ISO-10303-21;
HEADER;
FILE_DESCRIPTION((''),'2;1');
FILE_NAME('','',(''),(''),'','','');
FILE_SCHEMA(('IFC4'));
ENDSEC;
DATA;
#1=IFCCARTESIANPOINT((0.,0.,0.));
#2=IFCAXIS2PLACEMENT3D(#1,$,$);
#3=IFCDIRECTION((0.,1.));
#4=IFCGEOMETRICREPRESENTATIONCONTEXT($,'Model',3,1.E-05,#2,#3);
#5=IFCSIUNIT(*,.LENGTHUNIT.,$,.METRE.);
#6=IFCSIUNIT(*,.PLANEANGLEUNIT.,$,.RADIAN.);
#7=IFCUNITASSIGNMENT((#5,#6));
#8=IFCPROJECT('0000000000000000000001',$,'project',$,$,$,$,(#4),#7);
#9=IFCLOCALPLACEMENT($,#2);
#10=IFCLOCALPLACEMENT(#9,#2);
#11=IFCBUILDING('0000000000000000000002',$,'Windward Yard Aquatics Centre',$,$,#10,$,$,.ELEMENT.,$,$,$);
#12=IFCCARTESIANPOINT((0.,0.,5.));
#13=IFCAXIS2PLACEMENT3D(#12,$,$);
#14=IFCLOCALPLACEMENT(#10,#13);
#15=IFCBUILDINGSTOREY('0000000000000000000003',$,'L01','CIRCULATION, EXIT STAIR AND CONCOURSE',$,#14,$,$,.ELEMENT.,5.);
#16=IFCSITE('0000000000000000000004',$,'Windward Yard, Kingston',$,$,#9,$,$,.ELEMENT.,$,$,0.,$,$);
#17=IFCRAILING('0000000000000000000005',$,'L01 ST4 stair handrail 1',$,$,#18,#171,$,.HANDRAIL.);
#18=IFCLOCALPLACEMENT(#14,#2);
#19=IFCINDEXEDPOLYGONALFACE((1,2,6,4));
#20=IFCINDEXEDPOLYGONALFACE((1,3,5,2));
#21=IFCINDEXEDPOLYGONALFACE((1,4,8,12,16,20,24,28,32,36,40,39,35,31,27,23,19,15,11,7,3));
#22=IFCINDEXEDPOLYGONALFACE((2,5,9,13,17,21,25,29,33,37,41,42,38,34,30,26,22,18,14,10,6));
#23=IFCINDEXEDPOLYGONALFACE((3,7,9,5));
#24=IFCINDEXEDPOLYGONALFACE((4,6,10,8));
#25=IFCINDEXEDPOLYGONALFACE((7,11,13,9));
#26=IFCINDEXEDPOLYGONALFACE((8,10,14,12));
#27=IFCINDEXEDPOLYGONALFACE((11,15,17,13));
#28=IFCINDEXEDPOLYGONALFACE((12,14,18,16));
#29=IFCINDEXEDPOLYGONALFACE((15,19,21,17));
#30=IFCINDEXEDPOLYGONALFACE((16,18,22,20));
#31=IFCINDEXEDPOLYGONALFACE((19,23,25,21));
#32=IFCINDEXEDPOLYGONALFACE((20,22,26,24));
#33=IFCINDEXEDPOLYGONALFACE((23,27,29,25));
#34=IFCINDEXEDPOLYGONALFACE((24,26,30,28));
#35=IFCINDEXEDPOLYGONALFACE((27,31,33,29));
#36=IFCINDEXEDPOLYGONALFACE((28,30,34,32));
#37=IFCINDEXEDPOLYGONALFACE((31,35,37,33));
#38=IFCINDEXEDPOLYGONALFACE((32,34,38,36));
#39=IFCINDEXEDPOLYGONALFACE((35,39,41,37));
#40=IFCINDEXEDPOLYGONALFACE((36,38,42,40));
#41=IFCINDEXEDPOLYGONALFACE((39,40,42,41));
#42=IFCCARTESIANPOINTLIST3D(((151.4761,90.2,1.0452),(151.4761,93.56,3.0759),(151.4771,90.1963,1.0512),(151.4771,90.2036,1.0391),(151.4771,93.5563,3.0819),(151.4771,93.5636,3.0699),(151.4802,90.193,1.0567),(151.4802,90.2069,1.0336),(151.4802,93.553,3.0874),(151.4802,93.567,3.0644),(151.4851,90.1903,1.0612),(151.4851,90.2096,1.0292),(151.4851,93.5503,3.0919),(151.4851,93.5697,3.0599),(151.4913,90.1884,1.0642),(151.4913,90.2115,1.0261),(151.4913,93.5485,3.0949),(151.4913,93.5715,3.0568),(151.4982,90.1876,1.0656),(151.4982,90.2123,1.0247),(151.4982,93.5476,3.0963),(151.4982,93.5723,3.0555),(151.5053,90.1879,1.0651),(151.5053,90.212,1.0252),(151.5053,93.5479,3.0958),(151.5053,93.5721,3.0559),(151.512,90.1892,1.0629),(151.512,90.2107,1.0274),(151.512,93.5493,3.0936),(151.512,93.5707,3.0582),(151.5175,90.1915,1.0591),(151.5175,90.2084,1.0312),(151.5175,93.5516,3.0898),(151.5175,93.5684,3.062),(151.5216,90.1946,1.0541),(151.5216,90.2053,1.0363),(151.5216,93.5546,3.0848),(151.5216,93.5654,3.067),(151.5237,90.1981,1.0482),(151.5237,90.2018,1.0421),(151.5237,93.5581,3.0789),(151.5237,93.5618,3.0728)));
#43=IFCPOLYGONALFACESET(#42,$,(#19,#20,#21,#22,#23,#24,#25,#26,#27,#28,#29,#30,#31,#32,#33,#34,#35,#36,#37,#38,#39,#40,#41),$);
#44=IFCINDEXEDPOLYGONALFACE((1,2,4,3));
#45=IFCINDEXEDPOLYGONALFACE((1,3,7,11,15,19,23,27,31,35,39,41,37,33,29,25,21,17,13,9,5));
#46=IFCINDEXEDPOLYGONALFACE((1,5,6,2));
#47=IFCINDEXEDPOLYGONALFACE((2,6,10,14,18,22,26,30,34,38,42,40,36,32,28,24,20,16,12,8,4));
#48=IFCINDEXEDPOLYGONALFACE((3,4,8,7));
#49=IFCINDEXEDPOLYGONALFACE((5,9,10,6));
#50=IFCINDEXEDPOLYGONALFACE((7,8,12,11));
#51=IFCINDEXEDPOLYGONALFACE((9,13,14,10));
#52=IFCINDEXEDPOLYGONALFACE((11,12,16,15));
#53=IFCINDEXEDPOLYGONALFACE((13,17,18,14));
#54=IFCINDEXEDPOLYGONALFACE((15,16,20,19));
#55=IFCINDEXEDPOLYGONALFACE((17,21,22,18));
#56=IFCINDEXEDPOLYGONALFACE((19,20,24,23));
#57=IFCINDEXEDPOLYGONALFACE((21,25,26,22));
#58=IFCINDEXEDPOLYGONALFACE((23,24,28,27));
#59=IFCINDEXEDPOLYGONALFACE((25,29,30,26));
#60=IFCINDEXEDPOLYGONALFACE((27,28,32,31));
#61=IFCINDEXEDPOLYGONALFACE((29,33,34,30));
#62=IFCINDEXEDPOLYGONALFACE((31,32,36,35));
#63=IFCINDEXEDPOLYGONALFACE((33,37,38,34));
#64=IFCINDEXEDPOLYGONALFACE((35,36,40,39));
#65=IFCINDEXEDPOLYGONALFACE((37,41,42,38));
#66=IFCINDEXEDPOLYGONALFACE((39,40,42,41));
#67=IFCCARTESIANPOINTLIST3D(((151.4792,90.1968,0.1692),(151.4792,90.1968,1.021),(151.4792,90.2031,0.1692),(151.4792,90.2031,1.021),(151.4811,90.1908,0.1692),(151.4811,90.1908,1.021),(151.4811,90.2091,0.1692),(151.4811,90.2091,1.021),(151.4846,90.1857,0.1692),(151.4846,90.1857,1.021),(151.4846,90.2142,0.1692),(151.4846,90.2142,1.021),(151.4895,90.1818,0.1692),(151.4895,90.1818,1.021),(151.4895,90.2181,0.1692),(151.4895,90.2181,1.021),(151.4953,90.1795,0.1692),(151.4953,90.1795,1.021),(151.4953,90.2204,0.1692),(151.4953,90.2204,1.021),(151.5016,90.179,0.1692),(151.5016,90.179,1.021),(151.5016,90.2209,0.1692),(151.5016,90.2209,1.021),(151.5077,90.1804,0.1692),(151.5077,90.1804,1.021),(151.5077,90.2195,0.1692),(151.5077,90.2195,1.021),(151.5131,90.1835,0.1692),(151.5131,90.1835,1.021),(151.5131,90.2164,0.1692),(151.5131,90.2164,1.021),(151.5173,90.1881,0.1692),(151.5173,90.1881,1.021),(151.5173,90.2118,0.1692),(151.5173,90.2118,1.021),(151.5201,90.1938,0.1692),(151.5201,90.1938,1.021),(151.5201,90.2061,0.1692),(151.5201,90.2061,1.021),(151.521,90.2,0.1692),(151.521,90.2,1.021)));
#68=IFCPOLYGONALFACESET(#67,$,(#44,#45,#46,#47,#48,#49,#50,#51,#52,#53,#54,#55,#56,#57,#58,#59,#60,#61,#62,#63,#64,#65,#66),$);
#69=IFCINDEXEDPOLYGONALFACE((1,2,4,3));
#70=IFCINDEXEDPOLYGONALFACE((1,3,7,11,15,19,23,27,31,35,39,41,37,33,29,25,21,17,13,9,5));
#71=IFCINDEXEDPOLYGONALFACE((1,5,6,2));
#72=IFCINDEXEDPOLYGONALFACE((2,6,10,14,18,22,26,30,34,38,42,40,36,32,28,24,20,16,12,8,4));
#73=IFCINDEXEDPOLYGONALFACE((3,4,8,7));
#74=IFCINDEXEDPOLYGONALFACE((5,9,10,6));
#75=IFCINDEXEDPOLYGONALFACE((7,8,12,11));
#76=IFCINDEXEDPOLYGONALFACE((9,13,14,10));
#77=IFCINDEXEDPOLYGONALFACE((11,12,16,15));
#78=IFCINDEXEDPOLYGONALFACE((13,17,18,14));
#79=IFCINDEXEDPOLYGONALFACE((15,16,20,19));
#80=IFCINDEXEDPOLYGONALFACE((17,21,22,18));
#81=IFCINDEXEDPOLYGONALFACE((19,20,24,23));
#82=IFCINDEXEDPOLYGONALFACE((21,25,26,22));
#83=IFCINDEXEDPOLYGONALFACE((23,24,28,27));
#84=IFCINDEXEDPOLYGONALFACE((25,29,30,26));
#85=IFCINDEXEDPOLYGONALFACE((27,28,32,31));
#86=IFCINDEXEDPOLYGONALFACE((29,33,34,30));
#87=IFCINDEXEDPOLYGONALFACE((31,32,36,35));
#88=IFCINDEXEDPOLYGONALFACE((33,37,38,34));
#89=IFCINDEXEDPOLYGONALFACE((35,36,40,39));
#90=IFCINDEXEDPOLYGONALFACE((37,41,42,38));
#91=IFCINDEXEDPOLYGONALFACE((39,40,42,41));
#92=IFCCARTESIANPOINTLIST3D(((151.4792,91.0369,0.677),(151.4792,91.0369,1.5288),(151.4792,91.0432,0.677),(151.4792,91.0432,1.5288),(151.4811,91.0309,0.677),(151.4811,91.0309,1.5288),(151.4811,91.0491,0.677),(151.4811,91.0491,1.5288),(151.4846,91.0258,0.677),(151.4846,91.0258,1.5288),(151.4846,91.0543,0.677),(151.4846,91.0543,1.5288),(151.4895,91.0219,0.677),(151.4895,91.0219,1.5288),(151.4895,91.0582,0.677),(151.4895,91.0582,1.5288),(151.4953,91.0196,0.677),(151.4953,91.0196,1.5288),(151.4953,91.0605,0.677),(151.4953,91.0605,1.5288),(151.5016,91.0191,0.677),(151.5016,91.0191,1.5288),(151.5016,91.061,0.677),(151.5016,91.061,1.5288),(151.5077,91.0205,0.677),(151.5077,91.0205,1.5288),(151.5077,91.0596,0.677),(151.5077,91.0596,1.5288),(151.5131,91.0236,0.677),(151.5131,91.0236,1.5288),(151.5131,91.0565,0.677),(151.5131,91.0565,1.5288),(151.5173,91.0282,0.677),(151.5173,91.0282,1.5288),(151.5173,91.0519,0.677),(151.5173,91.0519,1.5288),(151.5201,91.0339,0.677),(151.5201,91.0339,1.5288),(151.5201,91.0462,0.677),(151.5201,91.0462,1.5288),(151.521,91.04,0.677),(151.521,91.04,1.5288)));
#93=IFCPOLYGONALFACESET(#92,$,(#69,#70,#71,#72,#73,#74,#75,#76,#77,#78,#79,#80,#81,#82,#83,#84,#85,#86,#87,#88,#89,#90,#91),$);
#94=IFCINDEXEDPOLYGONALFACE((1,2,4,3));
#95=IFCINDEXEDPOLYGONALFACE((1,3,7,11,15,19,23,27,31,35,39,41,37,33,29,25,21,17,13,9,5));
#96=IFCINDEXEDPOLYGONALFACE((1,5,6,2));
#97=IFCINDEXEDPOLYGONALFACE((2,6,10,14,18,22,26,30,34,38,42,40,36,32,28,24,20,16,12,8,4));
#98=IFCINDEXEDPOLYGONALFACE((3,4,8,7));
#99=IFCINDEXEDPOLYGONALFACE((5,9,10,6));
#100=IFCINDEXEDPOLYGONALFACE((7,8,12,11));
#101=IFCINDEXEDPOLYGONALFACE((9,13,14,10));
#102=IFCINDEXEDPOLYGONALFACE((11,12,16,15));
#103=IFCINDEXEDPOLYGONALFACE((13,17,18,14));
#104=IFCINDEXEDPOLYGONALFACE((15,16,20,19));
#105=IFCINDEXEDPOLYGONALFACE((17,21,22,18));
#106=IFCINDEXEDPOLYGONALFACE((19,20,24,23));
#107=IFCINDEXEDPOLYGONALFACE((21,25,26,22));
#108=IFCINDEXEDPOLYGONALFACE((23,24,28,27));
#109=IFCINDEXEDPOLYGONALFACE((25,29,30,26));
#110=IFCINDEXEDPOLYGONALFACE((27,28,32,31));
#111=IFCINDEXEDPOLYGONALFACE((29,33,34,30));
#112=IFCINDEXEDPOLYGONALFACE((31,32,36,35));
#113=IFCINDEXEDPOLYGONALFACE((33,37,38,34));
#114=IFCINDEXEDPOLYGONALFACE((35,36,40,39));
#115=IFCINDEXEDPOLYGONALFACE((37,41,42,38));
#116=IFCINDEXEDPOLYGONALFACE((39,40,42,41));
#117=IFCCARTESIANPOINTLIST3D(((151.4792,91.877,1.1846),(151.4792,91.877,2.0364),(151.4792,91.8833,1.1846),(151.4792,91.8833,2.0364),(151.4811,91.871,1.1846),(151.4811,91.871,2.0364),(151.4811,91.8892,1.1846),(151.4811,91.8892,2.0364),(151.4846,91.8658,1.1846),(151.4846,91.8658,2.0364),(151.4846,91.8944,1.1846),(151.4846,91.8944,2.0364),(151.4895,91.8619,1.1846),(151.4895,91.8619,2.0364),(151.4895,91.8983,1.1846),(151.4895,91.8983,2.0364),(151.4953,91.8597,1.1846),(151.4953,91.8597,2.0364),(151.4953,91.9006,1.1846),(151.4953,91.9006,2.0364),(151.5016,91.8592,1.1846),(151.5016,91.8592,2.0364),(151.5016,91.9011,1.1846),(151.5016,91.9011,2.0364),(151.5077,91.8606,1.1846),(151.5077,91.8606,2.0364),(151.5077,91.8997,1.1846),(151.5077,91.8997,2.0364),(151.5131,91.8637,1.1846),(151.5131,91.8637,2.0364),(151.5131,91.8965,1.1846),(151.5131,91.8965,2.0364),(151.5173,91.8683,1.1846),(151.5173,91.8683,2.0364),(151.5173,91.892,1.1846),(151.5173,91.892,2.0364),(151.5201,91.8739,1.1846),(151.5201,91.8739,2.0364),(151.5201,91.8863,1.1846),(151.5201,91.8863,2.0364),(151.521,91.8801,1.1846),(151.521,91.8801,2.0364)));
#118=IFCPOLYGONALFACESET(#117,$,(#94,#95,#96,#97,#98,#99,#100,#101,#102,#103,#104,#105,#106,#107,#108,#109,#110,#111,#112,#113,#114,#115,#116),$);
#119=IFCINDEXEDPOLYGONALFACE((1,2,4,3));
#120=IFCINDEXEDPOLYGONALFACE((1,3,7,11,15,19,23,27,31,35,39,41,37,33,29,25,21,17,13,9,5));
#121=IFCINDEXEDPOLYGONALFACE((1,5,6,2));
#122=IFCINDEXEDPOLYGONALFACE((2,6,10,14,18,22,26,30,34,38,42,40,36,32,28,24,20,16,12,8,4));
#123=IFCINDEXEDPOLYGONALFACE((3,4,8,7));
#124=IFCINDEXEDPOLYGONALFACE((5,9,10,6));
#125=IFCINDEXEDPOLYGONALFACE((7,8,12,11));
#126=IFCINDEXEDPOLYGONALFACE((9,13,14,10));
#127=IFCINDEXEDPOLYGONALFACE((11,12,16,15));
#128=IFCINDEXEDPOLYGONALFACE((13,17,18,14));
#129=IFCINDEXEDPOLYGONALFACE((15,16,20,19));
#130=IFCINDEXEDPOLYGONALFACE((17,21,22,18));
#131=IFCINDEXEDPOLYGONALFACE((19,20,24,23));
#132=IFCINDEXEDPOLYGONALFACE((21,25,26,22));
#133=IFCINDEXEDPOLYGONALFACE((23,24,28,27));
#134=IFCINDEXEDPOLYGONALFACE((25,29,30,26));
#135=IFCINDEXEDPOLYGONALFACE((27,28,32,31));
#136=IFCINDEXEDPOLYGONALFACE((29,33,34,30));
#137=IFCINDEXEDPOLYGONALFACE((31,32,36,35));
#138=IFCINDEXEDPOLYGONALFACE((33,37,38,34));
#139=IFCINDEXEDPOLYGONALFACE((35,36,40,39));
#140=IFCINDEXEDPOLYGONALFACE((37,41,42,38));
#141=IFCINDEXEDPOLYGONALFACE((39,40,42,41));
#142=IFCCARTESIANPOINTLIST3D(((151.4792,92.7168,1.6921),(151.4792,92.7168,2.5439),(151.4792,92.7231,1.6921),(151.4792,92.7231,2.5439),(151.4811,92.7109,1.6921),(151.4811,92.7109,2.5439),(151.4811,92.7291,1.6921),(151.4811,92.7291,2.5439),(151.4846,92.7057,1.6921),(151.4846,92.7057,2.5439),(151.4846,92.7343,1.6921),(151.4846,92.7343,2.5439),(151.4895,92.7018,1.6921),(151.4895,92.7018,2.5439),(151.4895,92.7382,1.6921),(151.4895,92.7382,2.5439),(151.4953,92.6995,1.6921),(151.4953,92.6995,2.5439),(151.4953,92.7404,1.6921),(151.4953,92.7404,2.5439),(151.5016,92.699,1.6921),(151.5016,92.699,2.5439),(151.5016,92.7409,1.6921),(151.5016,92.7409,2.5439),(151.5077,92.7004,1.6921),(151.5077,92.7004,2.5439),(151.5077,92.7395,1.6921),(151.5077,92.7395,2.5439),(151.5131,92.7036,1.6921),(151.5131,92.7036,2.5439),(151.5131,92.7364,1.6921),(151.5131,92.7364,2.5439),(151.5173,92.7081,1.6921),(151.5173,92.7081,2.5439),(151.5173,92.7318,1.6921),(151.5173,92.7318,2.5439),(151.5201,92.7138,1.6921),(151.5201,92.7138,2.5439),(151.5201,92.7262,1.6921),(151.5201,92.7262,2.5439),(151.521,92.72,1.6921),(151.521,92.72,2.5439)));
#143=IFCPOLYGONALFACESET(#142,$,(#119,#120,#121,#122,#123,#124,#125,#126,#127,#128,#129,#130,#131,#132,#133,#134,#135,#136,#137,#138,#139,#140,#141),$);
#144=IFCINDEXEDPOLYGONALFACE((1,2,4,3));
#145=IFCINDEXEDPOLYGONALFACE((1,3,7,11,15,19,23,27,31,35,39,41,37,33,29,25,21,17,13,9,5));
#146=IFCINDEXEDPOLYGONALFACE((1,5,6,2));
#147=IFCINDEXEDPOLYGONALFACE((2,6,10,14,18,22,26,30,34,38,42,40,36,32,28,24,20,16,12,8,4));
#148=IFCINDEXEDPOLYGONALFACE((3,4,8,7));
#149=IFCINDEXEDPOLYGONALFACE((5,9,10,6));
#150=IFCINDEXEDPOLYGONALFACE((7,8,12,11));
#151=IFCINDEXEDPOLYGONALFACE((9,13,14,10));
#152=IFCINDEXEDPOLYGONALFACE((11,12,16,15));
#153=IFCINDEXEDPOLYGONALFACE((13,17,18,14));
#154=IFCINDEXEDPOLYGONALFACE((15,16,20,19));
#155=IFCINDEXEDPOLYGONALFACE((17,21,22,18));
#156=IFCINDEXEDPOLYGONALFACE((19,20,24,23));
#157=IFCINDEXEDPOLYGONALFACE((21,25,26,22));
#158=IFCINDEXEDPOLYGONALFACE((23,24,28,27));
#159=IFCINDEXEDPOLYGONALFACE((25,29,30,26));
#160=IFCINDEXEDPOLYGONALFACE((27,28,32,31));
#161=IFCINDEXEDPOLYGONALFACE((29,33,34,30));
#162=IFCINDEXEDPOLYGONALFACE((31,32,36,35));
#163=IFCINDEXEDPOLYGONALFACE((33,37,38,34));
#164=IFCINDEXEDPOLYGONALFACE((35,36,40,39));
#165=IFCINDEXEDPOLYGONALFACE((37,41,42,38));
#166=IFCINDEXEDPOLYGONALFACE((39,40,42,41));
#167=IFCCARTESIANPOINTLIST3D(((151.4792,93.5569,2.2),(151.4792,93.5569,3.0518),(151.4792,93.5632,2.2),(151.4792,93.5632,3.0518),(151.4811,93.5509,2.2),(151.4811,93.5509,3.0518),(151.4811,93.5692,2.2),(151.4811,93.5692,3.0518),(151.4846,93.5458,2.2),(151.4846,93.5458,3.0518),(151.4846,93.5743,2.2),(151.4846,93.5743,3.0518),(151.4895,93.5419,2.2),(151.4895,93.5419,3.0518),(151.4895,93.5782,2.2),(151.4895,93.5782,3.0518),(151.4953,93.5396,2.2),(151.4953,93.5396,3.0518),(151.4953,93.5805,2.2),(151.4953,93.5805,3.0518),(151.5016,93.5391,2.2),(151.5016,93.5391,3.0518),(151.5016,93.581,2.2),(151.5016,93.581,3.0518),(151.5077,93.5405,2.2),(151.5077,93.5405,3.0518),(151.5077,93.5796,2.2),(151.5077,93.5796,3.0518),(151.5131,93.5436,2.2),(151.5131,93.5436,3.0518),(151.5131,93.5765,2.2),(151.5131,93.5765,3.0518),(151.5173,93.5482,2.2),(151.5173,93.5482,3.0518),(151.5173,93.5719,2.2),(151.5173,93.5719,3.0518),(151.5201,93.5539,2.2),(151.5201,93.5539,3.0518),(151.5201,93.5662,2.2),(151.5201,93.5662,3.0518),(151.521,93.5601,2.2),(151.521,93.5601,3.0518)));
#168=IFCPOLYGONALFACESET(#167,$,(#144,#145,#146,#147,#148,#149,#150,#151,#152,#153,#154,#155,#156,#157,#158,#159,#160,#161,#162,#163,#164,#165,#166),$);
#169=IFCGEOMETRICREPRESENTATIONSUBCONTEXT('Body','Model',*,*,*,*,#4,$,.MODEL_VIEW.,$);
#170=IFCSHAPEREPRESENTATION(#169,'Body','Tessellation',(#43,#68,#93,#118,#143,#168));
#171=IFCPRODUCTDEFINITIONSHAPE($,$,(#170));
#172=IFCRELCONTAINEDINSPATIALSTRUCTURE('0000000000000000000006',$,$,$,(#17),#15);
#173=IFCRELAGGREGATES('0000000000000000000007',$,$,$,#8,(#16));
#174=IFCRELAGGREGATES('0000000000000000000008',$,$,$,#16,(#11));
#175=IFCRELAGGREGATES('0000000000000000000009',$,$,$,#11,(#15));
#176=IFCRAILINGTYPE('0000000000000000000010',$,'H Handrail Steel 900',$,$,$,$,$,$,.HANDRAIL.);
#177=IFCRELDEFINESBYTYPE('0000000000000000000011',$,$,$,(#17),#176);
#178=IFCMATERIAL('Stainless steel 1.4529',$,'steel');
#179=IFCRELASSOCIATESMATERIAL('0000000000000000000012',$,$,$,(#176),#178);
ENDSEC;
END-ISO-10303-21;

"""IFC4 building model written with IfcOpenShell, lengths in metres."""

from ifc_helpers import new_model, si_unit, direction, frame, origin, origin_2d, place, context, subcontext, project, spatial, circle, extrude, material, type_object, element, save


model = new_model("IFC4")

# Units and contexts
model_context = context("Model", 3, precision=1e-05, world=origin(), true_north=direction((0.0, 1.0)))
body_context = subcontext(model_context, "Body", "Model", "MODEL_VIEW")
ifc_project = project(units=[si_unit("LENGTHUNIT", "METRE"), si_unit("PLANEANGLEUNIT", "RADIAN")], contexts=[model_context])

# Site, building, storey
site_placement = place(None, origin())
site = spatial("IfcSite", under=ifc_project, at=site_placement, Name="Windward Yard, Kingston", CompositionType="ELEMENT", RefElevation=0.0)
building_placement = place(site_placement, origin())
building = spatial("IfcBuilding", under=site, at=building_placement, Name="Windward Yard Aquatics Centre", CompositionType="ELEMENT")
storey_placement = place(building_placement, frame((0.0, 0.0, 5.0)))
storey = spatial("IfcBuildingStorey", under=building, at=storey_placement, Name="L01", Description="CIRCULATION, EXIT STAIR AND CONCOURSE", CompositionType="ELEMENT", Elevation=5.0)

# Railing
ifc_material_1 = material(Name="Stainless steel 1.4529", Category="steel")
railing_type_1 = type_object("IfcRailingType", Name="H Handrail Steel 900", PredefinedType="HANDRAIL", material=ifc_material_1)
railing_1_placement = place(storey_placement, frame((151.5, 90.2, 0.1692)))
element("IfcRailing", 1, at=railing_1_placement, inside=storey, type_object=railing_type_1, Name="L01 ST4 stair handrail 1", PredefinedType="HANDRAIL", context=body_context, shape_type="SweptSolid", body=[
    extrude(circle(Radius=0.0239, at=origin_2d()), frame((0.0, 0.0, 0.876), z_axis=(0.0, 0.855837, 0.517246), x_axis=(-1.0, 0.0, 0.0)), (0.0, 0.0, 1.0), 3.926),
    extrude(circle(Radius=0.021, at=origin_2d()), origin(), (0.0, 0.0, 1.0), 0.8518),
    extrude(circle(Radius=0.021, at=origin_2d()), frame((0.0, 0.8401, 0.5078)), (0.0, 0.0, 1.0), 0.8518),
    extrude(circle(Radius=0.021, at=origin_2d()), frame((0.0, 1.6802, 1.0154)), (0.0, 0.0, 1.0), 0.8518),
    extrude(circle(Radius=0.021, at=origin_2d()), frame((0.0, 2.52, 1.5229)), (0.0, 0.0, 1.0), 0.8518),
    extrude(circle(Radius=0.021, at=origin_2d()), frame((0.0, 3.3601, 2.0308)), (0.0, 0.0, 1.0), 0.8518),
])

save(model, "model.ifc")
